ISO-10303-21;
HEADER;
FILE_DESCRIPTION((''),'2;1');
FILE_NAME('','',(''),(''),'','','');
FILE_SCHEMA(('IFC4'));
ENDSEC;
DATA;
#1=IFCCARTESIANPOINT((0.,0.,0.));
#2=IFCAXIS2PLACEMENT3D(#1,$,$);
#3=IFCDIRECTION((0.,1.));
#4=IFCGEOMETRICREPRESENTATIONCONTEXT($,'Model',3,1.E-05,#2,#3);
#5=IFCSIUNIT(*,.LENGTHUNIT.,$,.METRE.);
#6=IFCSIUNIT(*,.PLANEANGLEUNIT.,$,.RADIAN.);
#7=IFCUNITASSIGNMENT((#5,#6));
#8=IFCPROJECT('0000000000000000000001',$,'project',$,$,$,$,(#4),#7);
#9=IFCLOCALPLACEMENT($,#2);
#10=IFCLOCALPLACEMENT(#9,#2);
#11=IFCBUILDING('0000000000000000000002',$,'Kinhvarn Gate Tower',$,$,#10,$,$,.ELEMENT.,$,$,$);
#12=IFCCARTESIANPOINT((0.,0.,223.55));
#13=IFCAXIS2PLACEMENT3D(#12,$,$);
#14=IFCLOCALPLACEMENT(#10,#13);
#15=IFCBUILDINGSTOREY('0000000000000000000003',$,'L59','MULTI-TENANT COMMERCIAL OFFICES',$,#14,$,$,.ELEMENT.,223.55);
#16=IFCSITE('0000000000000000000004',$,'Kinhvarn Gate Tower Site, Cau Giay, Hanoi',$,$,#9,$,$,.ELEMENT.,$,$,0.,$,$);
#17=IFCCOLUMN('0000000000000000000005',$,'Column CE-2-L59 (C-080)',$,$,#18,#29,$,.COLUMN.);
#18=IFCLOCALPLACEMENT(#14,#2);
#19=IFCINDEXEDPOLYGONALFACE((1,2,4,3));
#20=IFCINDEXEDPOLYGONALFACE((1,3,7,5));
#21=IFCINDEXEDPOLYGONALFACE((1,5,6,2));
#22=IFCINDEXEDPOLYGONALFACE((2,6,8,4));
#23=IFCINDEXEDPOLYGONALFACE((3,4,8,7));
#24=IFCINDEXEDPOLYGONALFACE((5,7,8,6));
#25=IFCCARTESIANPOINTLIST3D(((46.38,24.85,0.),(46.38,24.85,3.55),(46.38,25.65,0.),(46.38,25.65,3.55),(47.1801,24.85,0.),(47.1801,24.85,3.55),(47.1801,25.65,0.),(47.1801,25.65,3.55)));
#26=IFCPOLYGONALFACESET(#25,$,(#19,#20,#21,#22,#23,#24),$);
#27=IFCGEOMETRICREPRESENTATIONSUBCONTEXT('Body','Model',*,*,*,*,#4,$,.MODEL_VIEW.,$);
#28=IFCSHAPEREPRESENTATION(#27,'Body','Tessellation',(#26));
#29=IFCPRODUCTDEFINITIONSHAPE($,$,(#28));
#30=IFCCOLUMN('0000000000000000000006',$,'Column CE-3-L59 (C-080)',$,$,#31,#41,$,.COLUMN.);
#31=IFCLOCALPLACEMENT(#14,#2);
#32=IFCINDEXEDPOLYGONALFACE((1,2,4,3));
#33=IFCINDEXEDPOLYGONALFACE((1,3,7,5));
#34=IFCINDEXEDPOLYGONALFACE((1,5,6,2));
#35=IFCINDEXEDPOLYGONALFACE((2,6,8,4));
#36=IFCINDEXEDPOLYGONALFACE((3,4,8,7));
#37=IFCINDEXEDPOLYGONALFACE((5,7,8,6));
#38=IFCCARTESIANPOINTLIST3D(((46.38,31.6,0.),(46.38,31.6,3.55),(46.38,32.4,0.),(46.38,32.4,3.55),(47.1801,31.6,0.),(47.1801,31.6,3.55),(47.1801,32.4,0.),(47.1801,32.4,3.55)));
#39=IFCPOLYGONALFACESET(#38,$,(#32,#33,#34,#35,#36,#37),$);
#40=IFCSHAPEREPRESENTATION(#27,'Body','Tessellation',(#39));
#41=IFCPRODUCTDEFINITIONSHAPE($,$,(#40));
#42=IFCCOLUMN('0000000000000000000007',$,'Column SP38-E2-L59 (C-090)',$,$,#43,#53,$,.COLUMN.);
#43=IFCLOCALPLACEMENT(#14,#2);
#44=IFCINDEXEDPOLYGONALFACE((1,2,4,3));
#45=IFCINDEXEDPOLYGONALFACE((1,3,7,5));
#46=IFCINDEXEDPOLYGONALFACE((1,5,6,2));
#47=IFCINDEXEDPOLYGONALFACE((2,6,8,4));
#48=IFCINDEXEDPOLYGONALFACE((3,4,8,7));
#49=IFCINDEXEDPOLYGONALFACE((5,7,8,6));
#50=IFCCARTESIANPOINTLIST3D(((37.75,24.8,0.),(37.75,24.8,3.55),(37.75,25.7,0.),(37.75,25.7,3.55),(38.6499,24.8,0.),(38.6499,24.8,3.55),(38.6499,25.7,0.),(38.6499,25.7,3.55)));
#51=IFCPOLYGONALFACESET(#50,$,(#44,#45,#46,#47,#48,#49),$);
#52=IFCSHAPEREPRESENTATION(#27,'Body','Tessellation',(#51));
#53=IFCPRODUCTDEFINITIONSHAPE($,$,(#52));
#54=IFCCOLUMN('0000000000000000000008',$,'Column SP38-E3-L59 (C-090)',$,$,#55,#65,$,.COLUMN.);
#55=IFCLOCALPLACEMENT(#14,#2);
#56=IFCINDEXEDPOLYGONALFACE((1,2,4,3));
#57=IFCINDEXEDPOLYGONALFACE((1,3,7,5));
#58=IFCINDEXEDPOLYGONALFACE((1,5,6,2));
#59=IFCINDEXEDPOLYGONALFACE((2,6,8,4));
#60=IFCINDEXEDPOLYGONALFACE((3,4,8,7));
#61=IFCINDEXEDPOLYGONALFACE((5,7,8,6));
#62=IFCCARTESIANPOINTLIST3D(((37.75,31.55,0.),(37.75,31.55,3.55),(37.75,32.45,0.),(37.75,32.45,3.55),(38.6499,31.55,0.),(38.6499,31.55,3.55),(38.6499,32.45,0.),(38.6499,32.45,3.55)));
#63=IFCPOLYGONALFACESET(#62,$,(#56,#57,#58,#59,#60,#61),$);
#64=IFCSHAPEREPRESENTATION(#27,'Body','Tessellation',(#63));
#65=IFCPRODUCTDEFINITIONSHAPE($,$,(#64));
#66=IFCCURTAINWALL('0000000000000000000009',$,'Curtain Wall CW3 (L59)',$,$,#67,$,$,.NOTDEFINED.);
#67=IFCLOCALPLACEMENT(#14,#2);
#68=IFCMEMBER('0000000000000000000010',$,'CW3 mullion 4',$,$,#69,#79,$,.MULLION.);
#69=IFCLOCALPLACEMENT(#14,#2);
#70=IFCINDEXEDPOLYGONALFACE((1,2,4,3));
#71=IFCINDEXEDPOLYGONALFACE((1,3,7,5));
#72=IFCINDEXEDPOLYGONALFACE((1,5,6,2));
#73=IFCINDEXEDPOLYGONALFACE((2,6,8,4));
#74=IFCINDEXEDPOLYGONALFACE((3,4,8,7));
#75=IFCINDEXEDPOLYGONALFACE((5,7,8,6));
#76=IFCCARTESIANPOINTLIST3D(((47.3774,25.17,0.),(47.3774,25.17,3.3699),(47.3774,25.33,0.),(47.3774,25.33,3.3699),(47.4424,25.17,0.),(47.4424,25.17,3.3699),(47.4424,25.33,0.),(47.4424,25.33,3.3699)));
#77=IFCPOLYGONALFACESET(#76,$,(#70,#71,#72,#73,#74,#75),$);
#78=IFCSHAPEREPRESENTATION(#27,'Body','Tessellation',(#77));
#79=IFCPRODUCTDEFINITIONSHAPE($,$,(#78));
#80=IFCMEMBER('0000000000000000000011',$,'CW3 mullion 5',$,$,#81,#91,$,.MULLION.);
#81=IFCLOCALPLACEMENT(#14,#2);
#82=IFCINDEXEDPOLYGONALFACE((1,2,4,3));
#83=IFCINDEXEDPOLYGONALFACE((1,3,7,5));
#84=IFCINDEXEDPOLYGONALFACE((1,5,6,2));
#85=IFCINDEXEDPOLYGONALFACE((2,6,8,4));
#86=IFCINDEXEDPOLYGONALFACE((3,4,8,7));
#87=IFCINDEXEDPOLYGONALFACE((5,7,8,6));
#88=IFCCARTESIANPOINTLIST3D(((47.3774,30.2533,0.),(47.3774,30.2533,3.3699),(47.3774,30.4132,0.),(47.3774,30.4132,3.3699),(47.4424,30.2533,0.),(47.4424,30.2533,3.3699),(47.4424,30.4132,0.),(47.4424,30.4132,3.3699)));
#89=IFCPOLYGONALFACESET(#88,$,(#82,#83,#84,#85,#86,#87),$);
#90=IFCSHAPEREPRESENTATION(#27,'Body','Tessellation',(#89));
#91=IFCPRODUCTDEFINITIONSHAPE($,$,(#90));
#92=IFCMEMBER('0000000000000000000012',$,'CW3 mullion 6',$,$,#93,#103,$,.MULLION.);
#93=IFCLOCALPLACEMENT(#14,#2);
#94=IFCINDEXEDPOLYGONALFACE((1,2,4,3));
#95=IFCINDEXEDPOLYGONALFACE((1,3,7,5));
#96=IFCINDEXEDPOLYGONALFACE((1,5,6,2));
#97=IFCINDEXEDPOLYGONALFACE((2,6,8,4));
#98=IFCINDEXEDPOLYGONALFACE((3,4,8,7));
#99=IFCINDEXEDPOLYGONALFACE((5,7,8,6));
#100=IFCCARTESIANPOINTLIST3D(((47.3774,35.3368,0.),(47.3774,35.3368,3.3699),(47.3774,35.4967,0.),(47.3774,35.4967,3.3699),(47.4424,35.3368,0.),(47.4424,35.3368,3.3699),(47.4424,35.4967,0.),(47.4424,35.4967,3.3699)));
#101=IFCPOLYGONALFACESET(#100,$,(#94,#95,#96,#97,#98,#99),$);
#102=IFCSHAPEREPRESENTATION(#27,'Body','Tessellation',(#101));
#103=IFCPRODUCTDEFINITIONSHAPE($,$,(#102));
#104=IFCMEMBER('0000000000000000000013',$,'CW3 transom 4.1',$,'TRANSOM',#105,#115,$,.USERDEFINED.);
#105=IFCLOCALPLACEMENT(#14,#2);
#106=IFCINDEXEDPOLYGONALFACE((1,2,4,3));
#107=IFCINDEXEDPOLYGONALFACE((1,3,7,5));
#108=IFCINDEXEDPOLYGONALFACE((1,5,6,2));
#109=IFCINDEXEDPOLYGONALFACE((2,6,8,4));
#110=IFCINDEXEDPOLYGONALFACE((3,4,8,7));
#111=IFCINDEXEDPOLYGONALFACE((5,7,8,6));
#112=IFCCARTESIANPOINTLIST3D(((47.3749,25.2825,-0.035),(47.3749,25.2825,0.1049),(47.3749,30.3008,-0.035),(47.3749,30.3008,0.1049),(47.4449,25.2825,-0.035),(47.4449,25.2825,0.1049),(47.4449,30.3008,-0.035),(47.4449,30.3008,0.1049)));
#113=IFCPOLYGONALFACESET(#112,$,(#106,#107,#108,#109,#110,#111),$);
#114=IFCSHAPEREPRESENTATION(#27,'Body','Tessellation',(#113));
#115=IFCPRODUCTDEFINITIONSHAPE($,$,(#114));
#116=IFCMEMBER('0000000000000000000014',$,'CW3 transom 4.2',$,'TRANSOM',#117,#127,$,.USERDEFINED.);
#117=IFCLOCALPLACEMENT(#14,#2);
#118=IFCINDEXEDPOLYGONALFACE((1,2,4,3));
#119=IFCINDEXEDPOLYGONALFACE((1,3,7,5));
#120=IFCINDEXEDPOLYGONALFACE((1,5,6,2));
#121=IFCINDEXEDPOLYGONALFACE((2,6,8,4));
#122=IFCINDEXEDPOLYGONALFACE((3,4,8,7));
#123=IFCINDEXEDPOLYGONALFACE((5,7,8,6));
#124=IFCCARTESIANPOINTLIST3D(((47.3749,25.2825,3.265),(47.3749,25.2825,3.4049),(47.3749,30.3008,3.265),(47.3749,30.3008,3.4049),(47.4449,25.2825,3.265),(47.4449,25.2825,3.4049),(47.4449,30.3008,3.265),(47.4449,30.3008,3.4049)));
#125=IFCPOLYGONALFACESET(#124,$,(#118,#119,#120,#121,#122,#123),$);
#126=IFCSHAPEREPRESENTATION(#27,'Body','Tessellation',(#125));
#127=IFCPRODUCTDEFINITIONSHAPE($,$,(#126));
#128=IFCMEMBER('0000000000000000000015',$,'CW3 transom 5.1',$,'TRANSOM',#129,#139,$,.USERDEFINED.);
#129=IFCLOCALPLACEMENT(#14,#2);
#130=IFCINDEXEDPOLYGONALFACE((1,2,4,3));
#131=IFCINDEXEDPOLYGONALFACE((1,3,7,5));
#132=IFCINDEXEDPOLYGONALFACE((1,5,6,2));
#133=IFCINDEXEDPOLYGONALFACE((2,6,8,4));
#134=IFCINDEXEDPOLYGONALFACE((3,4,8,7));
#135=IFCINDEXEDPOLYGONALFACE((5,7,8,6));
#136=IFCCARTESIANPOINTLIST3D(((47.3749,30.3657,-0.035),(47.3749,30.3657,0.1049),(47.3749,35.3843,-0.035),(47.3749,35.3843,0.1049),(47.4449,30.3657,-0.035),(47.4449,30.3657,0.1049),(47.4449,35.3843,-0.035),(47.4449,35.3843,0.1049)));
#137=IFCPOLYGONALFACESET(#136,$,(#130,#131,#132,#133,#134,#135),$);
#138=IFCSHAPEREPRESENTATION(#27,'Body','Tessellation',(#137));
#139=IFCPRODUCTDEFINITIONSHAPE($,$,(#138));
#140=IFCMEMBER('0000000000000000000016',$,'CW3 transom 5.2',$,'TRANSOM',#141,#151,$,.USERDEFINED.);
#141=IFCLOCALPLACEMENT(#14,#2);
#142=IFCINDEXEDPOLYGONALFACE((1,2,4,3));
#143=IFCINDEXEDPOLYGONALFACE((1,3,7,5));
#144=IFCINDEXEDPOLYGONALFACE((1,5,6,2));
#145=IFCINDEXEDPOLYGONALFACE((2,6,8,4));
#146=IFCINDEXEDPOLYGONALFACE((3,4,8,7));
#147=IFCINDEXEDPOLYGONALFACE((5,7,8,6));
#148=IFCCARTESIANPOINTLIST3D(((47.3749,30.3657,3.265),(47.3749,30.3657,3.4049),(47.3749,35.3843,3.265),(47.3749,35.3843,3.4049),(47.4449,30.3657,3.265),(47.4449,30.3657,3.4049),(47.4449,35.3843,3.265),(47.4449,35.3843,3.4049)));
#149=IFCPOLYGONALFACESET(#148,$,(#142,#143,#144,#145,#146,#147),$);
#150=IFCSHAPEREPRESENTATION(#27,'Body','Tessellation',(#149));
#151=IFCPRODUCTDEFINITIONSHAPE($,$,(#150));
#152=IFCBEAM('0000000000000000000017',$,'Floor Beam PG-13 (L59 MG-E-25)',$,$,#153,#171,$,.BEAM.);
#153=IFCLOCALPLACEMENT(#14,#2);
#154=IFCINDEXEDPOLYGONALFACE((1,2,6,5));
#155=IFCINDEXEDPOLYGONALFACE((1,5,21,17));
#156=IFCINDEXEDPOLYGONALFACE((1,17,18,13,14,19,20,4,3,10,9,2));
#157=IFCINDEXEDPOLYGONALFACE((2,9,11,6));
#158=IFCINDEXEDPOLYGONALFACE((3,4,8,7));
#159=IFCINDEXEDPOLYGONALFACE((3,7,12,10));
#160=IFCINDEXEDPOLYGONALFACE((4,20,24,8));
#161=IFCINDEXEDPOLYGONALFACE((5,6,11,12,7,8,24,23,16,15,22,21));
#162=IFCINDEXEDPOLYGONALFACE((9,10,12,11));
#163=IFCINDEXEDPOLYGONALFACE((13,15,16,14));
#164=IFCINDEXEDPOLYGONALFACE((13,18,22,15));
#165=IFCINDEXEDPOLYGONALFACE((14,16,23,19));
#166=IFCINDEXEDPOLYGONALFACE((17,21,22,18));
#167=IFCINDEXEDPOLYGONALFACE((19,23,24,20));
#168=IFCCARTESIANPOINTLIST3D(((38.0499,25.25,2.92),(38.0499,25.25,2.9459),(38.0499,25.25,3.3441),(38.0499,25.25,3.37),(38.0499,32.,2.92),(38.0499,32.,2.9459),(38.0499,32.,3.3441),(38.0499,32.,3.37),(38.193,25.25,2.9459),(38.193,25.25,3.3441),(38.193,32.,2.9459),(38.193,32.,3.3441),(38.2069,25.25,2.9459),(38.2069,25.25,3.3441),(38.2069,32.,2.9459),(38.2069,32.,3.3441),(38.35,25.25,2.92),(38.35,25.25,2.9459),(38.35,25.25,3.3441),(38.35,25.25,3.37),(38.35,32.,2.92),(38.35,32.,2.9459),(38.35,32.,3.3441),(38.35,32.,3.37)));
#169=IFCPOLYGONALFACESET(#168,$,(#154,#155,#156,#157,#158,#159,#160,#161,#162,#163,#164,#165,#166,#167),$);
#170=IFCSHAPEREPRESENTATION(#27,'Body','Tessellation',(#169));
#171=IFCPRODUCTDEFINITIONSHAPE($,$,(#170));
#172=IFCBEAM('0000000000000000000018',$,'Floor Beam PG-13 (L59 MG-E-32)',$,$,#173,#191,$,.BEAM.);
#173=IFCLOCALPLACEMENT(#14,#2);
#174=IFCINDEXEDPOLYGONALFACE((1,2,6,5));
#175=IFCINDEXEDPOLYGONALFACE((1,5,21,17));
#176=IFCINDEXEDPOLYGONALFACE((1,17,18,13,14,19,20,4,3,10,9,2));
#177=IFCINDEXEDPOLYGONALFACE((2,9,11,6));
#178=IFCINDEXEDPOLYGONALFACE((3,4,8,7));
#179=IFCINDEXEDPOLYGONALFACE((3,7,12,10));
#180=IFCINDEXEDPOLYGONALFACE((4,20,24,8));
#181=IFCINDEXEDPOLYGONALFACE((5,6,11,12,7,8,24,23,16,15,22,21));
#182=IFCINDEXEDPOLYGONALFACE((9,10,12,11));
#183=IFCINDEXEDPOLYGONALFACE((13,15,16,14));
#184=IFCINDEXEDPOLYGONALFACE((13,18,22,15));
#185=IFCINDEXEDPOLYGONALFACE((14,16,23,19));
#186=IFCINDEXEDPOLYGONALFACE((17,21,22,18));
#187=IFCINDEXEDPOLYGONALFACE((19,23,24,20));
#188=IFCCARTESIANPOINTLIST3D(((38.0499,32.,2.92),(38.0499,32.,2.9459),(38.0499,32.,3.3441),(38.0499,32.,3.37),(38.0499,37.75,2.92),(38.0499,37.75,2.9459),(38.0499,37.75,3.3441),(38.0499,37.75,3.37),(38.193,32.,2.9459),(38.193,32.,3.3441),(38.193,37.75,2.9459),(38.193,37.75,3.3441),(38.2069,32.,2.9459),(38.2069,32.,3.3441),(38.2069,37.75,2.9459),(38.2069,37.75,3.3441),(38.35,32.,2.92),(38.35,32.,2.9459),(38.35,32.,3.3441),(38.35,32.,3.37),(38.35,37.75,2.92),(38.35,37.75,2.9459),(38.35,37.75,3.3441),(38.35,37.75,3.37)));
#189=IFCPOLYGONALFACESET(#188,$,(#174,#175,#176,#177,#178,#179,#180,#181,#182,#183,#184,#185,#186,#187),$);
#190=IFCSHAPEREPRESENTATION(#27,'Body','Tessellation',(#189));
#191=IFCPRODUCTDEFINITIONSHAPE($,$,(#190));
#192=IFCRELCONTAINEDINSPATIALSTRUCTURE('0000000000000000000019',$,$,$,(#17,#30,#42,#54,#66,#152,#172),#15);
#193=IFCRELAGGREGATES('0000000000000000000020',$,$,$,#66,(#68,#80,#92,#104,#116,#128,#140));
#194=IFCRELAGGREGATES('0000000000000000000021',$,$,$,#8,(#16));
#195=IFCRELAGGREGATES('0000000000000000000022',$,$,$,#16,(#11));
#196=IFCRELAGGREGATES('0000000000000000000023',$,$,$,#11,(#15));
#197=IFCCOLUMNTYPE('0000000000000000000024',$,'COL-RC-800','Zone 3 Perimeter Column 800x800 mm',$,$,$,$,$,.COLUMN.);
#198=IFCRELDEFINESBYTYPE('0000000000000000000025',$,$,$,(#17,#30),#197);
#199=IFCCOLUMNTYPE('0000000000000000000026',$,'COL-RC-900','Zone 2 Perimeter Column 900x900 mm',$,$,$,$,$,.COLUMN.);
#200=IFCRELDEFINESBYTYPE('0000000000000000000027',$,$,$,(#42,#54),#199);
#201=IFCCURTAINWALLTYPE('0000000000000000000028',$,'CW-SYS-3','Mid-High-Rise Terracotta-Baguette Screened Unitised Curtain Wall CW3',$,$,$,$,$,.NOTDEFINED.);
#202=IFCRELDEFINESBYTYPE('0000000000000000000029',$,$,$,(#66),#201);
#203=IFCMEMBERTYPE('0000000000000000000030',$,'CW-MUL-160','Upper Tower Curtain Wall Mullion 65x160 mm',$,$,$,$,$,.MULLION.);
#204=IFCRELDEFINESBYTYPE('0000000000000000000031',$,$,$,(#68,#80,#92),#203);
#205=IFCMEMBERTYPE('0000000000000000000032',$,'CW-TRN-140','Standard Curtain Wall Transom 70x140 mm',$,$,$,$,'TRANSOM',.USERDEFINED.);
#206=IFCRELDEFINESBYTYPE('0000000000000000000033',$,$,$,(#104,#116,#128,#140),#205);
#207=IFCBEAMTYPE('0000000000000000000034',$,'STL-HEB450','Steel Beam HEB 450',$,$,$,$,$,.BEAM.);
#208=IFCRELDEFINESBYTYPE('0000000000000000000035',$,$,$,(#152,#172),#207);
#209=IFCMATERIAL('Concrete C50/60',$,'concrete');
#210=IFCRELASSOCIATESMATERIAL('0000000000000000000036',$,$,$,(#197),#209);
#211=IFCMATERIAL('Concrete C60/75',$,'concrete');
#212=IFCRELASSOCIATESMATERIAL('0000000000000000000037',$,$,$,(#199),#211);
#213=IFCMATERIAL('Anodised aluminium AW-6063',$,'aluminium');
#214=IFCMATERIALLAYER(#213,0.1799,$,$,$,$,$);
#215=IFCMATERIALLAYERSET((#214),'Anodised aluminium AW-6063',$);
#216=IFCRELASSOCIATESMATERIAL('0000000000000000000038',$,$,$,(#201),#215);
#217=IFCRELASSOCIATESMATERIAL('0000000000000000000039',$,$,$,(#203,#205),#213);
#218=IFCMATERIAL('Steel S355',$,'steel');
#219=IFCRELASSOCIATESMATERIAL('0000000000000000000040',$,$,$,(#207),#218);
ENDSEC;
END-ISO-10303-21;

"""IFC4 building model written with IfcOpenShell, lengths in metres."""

from ifc_helpers import new_model, si_unit, direction, frame, origin, origin_2d, place, context, subcontext, project, spatial, rectangle, i_section, extrude, material, layer, layer_set, material_profile, profile_set, type_object, element, aggregate, save


model = new_model("IFC4")

# Units and contexts
model_context = context("Model", 3, precision=1e-05, world=origin(), true_north=direction((0.0, 1.0)))
body_context = subcontext(model_context, "Body", "Model", "MODEL_VIEW")
ifc_project = project(units=[si_unit("LENGTHUNIT", "METRE"), si_unit("PLANEANGLEUNIT", "RADIAN")], contexts=[model_context])

# Site, building, storey
site_placement = place(None, origin())
site = spatial("IfcSite", under=ifc_project, at=site_placement, Name="Kinhvarn Gate Tower Site, Cau Giay, Hanoi", CompositionType="ELEMENT", RefElevation=0.0)
building_placement = place(site_placement, origin())
building = spatial("IfcBuilding", under=site, at=building_placement, Name="Kinhvarn Gate Tower", CompositionType="ELEMENT")
storey_placement = place(building_placement, frame((0.0, 0.0, 223.55)))
storey = spatial("IfcBuildingStorey", under=building, at=storey_placement, Name="L59", Description="MULTI-TENANT COMMERCIAL OFFICES", CompositionType="ELEMENT", Elevation=223.55)

# Columns
ifc_material_1 = material(Name="Concrete C50/60", Category="concrete")
ifc_material_profile_1 = material_profile(ifc_material_1, rectangle(XDim=0.8, YDim=0.8, at=origin_2d()), Name="RC 800x800")
ifc_profile_set_1 = profile_set([ifc_material_profile_1], Name="Concrete C50/60")
column_type_1 = type_object("IfcColumnType", Name="COL-RC-800", Description="Zone 3 Perimeter Column 800x800 mm", PredefinedType="COLUMN", material=ifc_profile_set_1)
for number, where, z_axis, x_axis, name in (
    (1, (46.78, 25.25, 0.0), (0.0, 0.0, 1.0), (1.0, 0.0, 0.0), "Column CE-2-L59 (C-080)"),
    (2, (46.78, 32.0, 0.0), (0.0, 0.0, 1.0), (1.0, 0.0, 0.0), "Column CE-3-L59 (C-080)"),
):
    element("IfcColumn", number, at=place(storey_placement, frame(where, z_axis=z_axis, x_axis=x_axis)), inside=storey, type_object=column_type_1, Name=name, PredefinedType="COLUMN", context=body_context, shape_type="SweptSolid", body=[
        extrude(rectangle(XDim=0.8, YDim=0.8, at=origin_2d()), origin(), (0.0, 0.0, 1.0), 3.55),
    ])
ifc_material_2 = material(Name="Concrete C60/75", Category="concrete")
ifc_material_profile_2 = material_profile(ifc_material_2, rectangle(XDim=0.8999, YDim=0.8999, at=origin_2d()), Name="RC 900x900")
ifc_profile_set_2 = profile_set([ifc_material_profile_2], Name="Concrete C60/75")
column_type_2 = type_object("IfcColumnType", Name="COL-RC-900", Description="Zone 2 Perimeter Column 900x900 mm", PredefinedType="COLUMN", material=ifc_profile_set_2)
for number, where, z_axis, x_axis, name in (
    (3, (38.2, 25.25, 0.0), (0.0, 0.0, 1.0), (1.0, 0.0, 0.0), "Column SP38-E2-L59 (C-090)"),
    (4, (38.2, 32.0, 0.0), (0.0, 0.0, 1.0), (1.0, 0.0, 0.0), "Column SP38-E3-L59 (C-090)"),
):
    element("IfcColumn", number, at=place(storey_placement, frame(where, z_axis=z_axis, x_axis=x_axis)), inside=storey, type_object=column_type_2, Name=name, PredefinedType="COLUMN", context=body_context, shape_type="SweptSolid", body=[
        extrude(rectangle(XDim=0.8999, YDim=0.8999, at=origin_2d()), origin(), (0.0, 0.0, 1.0), 3.55),
    ])

# Curtain wall, members
ifc_material_3 = material(Name="Anodised aluminium AW-6063", Category="aluminium")
ifc_layer_1 = layer(ifc_material_3, 0.1799)
ifc_layer_set_1 = layer_set([ifc_layer_1], Name="Anodised aluminium AW-6063")
curtain_wall_type = type_object("IfcCurtainWallType", Name="CW-SYS-3", Description="Mid-High-Rise Terracotta-Baguette Screened Unitised Curtain Wall CW3", PredefinedType="NOTDEFINED", material=ifc_layer_set_1)
curtain_wall_placement = place(storey_placement, origin())
curtain_wall = element("IfcCurtainWall", 5, at=curtain_wall_placement, inside=storey, type_object=curtain_wall_type, Name="Curtain Wall CW3 (L59)", PredefinedType="NOTDEFINED")
ifc_material_profile_3 = material_profile(ifc_material_3, rectangle(XDim=0.0649, YDim=0.1599, at=origin_2d()), Name="ALU 65x160")
ifc_profile_set_3 = profile_set([ifc_material_profile_3], Name="Anodised aluminium AW-6063")
member_type_1 = type_object("IfcMemberType", Name="CW-MUL-160", Description="Upper Tower Curtain Wall Mullion 65x160 mm", PredefinedType="MULLION", material=ifc_profile_set_3)
member_1_placement = place(storey_placement, frame((47.4099, 25.25, 0.0), z_axis=(0.0, 0.0, 1.0), x_axis=(-1.0, 0.0, 0.0)))
member_1 = element("IfcMember", 6, at=member_1_placement, type_object=member_type_1, Name="CW3 mullion 4", PredefinedType="MULLION", context=body_context, shape_type="SweptSolid", body=[
    extrude(rectangle(XDim=0.0649, YDim=0.1599, at=origin_2d()), origin(), (0.0, 0.0, 1.0), 3.3699),
])
member_2_placement = place(storey_placement, frame((47.4099, 30.3333, 0.0), z_axis=(0.0, 0.0, 1.0), x_axis=(-1.0, 0.0, 0.0)))
member_2 = element("IfcMember", 7, at=member_2_placement, type_object=member_type_1, Name="CW3 mullion 5", PredefinedType="MULLION", context=body_context, shape_type="SweptSolid", body=[
    extrude(rectangle(XDim=0.0649, YDim=0.1599, at=origin_2d()), origin(), (0.0, 0.0, 1.0), 3.3699),
])
member_3_placement = place(storey_placement, frame((47.4099, 35.4167, 0.0), z_axis=(0.0, 0.0, 1.0), x_axis=(-1.0, 0.0, 0.0)))
member_3 = element("IfcMember", 8, at=member_3_placement, type_object=member_type_1, Name="CW3 mullion 6", PredefinedType="MULLION", context=body_context, shape_type="SweptSolid", body=[
    extrude(rectangle(XDim=0.0649, YDim=0.1599, at=origin_2d()), origin(), (0.0, 0.0, 1.0), 3.3699),
])
ifc_material_profile_4 = material_profile(ifc_material_3, rectangle(XDim=0.0701, YDim=0.1399, at=origin_2d()), Name="ALU 70x140")
ifc_profile_set_4 = profile_set([ifc_material_profile_4], Name="Anodised aluminium AW-6063")
member_type_2 = type_object("IfcMemberType", Name="CW-TRN-140", Description="Standard Curtain Wall Transom 70x140 mm", ElementType="TRANSOM", PredefinedType="USERDEFINED", material=ifc_profile_set_4)
member_4_placement = place(storey_placement, frame((47.4099, 25.2825, 0.0349), z_axis=(0.0, 1.0, 0.0), x_axis=(-1.0, 0.0, 0.0)))
member_4 = element("IfcMember", 9, at=member_4_placement, type_object=member_type_2, Name="CW3 transom 4.1", ObjectType="TRANSOM", PredefinedType="USERDEFINED", context=body_context, shape_type="SweptSolid", body=[
    extrude(rectangle(XDim=0.0701, YDim=0.1399, at=origin_2d()), origin(), (0.0, 0.0, 1.0), 5.0183),
])
member_5_placement = place(storey_placement, frame((47.4099, 25.2825, 3.335), z_axis=(0.0, 1.0, 0.0), x_axis=(-1.0, 0.0, 0.0)))
member_5 = element("IfcMember", 10, at=member_5_placement, type_object=member_type_2, Name="CW3 transom 4.2", ObjectType="TRANSOM", PredefinedType="USERDEFINED", context=body_context, shape_type="SweptSolid", body=[
    extrude(rectangle(XDim=0.0701, YDim=0.1399, at=origin_2d()), origin(), (0.0, 0.0, 1.0), 5.0183),
])
member_6_placement = place(storey_placement, frame((47.4099, 30.3657, 0.0349), z_axis=(0.0, 1.0, 0.0), x_axis=(-1.0, 0.0, 0.0)))
member_6 = element("IfcMember", 11, at=member_6_placement, type_object=member_type_2, Name="CW3 transom 5.1", ObjectType="TRANSOM", PredefinedType="USERDEFINED", context=body_context, shape_type="SweptSolid", body=[
    extrude(rectangle(XDim=0.0701, YDim=0.1399, at=origin_2d()), origin(), (0.0, 0.0, 1.0), 5.0186),
])
member_7_placement = place(storey_placement, frame((47.4099, 30.3657, 3.335), z_axis=(0.0, 1.0, 0.0), x_axis=(-1.0, 0.0, 0.0)))
member_7 = element("IfcMember", 12, at=member_7_placement, type_object=member_type_2, Name="CW3 transom 5.2", ObjectType="TRANSOM", PredefinedType="USERDEFINED", context=body_context, shape_type="SweptSolid", body=[
    extrude(rectangle(XDim=0.0701, YDim=0.1399, at=origin_2d()), origin(), (0.0, 0.0, 1.0), 5.0186),
])

# Beams
ifc_material_4 = material(Name="Steel S355", Category="steel")
ifc_material_profile_5 = material_profile(ifc_material_4, i_section(OverallWidth=0.3, OverallDepth=0.45, WebThickness=0.0139, FlangeThickness=0.0259, at=origin_2d()), Name="HEB 450")
ifc_profile_set_5 = profile_set([ifc_material_profile_5], Name="Steel S355")
beam_type_1 = type_object("IfcBeamType", Name="STL-HEB450", Description="Steel Beam HEB 450", PredefinedType="BEAM", material=ifc_profile_set_5)
beam_1_placement = place(storey_placement, frame((38.2, 25.25, 3.145), z_axis=(0.0, 1.0, 0.0), x_axis=(-1.0, 0.0, 0.0)))
element("IfcBeam", 13, at=beam_1_placement, inside=storey, type_object=beam_type_1, Name="Floor Beam PG-13 (L59 MG-E-25)", PredefinedType="BEAM", context=body_context, shape_type="SweptSolid", body=[
    extrude(i_section(OverallWidth=0.3, OverallDepth=0.45, WebThickness=0.0139, FlangeThickness=0.0259, at=origin_2d()), origin(), (0.0, 0.0, 1.0), 6.75),
])
beam_2_placement = place(storey_placement, frame((38.2, 32.0, 3.145), z_axis=(0.0, 1.0, 0.0), x_axis=(-1.0, 0.0, 0.0)))
element("IfcBeam", 14, at=beam_2_placement, inside=storey, type_object=beam_type_1, Name="Floor Beam PG-13 (L59 MG-E-32)", PredefinedType="BEAM", context=body_context, shape_type="SweptSolid", body=[
    extrude(i_section(OverallWidth=0.3, OverallDepth=0.45, WebThickness=0.0139, FlangeThickness=0.0259, at=origin_2d()), origin(), (0.0, 0.0, 1.0), 5.75),
])

aggregate(curtain_wall, [member_1, member_2, member_3, member_4, member_5, member_6, member_7])

save(model, "model.ifc")
